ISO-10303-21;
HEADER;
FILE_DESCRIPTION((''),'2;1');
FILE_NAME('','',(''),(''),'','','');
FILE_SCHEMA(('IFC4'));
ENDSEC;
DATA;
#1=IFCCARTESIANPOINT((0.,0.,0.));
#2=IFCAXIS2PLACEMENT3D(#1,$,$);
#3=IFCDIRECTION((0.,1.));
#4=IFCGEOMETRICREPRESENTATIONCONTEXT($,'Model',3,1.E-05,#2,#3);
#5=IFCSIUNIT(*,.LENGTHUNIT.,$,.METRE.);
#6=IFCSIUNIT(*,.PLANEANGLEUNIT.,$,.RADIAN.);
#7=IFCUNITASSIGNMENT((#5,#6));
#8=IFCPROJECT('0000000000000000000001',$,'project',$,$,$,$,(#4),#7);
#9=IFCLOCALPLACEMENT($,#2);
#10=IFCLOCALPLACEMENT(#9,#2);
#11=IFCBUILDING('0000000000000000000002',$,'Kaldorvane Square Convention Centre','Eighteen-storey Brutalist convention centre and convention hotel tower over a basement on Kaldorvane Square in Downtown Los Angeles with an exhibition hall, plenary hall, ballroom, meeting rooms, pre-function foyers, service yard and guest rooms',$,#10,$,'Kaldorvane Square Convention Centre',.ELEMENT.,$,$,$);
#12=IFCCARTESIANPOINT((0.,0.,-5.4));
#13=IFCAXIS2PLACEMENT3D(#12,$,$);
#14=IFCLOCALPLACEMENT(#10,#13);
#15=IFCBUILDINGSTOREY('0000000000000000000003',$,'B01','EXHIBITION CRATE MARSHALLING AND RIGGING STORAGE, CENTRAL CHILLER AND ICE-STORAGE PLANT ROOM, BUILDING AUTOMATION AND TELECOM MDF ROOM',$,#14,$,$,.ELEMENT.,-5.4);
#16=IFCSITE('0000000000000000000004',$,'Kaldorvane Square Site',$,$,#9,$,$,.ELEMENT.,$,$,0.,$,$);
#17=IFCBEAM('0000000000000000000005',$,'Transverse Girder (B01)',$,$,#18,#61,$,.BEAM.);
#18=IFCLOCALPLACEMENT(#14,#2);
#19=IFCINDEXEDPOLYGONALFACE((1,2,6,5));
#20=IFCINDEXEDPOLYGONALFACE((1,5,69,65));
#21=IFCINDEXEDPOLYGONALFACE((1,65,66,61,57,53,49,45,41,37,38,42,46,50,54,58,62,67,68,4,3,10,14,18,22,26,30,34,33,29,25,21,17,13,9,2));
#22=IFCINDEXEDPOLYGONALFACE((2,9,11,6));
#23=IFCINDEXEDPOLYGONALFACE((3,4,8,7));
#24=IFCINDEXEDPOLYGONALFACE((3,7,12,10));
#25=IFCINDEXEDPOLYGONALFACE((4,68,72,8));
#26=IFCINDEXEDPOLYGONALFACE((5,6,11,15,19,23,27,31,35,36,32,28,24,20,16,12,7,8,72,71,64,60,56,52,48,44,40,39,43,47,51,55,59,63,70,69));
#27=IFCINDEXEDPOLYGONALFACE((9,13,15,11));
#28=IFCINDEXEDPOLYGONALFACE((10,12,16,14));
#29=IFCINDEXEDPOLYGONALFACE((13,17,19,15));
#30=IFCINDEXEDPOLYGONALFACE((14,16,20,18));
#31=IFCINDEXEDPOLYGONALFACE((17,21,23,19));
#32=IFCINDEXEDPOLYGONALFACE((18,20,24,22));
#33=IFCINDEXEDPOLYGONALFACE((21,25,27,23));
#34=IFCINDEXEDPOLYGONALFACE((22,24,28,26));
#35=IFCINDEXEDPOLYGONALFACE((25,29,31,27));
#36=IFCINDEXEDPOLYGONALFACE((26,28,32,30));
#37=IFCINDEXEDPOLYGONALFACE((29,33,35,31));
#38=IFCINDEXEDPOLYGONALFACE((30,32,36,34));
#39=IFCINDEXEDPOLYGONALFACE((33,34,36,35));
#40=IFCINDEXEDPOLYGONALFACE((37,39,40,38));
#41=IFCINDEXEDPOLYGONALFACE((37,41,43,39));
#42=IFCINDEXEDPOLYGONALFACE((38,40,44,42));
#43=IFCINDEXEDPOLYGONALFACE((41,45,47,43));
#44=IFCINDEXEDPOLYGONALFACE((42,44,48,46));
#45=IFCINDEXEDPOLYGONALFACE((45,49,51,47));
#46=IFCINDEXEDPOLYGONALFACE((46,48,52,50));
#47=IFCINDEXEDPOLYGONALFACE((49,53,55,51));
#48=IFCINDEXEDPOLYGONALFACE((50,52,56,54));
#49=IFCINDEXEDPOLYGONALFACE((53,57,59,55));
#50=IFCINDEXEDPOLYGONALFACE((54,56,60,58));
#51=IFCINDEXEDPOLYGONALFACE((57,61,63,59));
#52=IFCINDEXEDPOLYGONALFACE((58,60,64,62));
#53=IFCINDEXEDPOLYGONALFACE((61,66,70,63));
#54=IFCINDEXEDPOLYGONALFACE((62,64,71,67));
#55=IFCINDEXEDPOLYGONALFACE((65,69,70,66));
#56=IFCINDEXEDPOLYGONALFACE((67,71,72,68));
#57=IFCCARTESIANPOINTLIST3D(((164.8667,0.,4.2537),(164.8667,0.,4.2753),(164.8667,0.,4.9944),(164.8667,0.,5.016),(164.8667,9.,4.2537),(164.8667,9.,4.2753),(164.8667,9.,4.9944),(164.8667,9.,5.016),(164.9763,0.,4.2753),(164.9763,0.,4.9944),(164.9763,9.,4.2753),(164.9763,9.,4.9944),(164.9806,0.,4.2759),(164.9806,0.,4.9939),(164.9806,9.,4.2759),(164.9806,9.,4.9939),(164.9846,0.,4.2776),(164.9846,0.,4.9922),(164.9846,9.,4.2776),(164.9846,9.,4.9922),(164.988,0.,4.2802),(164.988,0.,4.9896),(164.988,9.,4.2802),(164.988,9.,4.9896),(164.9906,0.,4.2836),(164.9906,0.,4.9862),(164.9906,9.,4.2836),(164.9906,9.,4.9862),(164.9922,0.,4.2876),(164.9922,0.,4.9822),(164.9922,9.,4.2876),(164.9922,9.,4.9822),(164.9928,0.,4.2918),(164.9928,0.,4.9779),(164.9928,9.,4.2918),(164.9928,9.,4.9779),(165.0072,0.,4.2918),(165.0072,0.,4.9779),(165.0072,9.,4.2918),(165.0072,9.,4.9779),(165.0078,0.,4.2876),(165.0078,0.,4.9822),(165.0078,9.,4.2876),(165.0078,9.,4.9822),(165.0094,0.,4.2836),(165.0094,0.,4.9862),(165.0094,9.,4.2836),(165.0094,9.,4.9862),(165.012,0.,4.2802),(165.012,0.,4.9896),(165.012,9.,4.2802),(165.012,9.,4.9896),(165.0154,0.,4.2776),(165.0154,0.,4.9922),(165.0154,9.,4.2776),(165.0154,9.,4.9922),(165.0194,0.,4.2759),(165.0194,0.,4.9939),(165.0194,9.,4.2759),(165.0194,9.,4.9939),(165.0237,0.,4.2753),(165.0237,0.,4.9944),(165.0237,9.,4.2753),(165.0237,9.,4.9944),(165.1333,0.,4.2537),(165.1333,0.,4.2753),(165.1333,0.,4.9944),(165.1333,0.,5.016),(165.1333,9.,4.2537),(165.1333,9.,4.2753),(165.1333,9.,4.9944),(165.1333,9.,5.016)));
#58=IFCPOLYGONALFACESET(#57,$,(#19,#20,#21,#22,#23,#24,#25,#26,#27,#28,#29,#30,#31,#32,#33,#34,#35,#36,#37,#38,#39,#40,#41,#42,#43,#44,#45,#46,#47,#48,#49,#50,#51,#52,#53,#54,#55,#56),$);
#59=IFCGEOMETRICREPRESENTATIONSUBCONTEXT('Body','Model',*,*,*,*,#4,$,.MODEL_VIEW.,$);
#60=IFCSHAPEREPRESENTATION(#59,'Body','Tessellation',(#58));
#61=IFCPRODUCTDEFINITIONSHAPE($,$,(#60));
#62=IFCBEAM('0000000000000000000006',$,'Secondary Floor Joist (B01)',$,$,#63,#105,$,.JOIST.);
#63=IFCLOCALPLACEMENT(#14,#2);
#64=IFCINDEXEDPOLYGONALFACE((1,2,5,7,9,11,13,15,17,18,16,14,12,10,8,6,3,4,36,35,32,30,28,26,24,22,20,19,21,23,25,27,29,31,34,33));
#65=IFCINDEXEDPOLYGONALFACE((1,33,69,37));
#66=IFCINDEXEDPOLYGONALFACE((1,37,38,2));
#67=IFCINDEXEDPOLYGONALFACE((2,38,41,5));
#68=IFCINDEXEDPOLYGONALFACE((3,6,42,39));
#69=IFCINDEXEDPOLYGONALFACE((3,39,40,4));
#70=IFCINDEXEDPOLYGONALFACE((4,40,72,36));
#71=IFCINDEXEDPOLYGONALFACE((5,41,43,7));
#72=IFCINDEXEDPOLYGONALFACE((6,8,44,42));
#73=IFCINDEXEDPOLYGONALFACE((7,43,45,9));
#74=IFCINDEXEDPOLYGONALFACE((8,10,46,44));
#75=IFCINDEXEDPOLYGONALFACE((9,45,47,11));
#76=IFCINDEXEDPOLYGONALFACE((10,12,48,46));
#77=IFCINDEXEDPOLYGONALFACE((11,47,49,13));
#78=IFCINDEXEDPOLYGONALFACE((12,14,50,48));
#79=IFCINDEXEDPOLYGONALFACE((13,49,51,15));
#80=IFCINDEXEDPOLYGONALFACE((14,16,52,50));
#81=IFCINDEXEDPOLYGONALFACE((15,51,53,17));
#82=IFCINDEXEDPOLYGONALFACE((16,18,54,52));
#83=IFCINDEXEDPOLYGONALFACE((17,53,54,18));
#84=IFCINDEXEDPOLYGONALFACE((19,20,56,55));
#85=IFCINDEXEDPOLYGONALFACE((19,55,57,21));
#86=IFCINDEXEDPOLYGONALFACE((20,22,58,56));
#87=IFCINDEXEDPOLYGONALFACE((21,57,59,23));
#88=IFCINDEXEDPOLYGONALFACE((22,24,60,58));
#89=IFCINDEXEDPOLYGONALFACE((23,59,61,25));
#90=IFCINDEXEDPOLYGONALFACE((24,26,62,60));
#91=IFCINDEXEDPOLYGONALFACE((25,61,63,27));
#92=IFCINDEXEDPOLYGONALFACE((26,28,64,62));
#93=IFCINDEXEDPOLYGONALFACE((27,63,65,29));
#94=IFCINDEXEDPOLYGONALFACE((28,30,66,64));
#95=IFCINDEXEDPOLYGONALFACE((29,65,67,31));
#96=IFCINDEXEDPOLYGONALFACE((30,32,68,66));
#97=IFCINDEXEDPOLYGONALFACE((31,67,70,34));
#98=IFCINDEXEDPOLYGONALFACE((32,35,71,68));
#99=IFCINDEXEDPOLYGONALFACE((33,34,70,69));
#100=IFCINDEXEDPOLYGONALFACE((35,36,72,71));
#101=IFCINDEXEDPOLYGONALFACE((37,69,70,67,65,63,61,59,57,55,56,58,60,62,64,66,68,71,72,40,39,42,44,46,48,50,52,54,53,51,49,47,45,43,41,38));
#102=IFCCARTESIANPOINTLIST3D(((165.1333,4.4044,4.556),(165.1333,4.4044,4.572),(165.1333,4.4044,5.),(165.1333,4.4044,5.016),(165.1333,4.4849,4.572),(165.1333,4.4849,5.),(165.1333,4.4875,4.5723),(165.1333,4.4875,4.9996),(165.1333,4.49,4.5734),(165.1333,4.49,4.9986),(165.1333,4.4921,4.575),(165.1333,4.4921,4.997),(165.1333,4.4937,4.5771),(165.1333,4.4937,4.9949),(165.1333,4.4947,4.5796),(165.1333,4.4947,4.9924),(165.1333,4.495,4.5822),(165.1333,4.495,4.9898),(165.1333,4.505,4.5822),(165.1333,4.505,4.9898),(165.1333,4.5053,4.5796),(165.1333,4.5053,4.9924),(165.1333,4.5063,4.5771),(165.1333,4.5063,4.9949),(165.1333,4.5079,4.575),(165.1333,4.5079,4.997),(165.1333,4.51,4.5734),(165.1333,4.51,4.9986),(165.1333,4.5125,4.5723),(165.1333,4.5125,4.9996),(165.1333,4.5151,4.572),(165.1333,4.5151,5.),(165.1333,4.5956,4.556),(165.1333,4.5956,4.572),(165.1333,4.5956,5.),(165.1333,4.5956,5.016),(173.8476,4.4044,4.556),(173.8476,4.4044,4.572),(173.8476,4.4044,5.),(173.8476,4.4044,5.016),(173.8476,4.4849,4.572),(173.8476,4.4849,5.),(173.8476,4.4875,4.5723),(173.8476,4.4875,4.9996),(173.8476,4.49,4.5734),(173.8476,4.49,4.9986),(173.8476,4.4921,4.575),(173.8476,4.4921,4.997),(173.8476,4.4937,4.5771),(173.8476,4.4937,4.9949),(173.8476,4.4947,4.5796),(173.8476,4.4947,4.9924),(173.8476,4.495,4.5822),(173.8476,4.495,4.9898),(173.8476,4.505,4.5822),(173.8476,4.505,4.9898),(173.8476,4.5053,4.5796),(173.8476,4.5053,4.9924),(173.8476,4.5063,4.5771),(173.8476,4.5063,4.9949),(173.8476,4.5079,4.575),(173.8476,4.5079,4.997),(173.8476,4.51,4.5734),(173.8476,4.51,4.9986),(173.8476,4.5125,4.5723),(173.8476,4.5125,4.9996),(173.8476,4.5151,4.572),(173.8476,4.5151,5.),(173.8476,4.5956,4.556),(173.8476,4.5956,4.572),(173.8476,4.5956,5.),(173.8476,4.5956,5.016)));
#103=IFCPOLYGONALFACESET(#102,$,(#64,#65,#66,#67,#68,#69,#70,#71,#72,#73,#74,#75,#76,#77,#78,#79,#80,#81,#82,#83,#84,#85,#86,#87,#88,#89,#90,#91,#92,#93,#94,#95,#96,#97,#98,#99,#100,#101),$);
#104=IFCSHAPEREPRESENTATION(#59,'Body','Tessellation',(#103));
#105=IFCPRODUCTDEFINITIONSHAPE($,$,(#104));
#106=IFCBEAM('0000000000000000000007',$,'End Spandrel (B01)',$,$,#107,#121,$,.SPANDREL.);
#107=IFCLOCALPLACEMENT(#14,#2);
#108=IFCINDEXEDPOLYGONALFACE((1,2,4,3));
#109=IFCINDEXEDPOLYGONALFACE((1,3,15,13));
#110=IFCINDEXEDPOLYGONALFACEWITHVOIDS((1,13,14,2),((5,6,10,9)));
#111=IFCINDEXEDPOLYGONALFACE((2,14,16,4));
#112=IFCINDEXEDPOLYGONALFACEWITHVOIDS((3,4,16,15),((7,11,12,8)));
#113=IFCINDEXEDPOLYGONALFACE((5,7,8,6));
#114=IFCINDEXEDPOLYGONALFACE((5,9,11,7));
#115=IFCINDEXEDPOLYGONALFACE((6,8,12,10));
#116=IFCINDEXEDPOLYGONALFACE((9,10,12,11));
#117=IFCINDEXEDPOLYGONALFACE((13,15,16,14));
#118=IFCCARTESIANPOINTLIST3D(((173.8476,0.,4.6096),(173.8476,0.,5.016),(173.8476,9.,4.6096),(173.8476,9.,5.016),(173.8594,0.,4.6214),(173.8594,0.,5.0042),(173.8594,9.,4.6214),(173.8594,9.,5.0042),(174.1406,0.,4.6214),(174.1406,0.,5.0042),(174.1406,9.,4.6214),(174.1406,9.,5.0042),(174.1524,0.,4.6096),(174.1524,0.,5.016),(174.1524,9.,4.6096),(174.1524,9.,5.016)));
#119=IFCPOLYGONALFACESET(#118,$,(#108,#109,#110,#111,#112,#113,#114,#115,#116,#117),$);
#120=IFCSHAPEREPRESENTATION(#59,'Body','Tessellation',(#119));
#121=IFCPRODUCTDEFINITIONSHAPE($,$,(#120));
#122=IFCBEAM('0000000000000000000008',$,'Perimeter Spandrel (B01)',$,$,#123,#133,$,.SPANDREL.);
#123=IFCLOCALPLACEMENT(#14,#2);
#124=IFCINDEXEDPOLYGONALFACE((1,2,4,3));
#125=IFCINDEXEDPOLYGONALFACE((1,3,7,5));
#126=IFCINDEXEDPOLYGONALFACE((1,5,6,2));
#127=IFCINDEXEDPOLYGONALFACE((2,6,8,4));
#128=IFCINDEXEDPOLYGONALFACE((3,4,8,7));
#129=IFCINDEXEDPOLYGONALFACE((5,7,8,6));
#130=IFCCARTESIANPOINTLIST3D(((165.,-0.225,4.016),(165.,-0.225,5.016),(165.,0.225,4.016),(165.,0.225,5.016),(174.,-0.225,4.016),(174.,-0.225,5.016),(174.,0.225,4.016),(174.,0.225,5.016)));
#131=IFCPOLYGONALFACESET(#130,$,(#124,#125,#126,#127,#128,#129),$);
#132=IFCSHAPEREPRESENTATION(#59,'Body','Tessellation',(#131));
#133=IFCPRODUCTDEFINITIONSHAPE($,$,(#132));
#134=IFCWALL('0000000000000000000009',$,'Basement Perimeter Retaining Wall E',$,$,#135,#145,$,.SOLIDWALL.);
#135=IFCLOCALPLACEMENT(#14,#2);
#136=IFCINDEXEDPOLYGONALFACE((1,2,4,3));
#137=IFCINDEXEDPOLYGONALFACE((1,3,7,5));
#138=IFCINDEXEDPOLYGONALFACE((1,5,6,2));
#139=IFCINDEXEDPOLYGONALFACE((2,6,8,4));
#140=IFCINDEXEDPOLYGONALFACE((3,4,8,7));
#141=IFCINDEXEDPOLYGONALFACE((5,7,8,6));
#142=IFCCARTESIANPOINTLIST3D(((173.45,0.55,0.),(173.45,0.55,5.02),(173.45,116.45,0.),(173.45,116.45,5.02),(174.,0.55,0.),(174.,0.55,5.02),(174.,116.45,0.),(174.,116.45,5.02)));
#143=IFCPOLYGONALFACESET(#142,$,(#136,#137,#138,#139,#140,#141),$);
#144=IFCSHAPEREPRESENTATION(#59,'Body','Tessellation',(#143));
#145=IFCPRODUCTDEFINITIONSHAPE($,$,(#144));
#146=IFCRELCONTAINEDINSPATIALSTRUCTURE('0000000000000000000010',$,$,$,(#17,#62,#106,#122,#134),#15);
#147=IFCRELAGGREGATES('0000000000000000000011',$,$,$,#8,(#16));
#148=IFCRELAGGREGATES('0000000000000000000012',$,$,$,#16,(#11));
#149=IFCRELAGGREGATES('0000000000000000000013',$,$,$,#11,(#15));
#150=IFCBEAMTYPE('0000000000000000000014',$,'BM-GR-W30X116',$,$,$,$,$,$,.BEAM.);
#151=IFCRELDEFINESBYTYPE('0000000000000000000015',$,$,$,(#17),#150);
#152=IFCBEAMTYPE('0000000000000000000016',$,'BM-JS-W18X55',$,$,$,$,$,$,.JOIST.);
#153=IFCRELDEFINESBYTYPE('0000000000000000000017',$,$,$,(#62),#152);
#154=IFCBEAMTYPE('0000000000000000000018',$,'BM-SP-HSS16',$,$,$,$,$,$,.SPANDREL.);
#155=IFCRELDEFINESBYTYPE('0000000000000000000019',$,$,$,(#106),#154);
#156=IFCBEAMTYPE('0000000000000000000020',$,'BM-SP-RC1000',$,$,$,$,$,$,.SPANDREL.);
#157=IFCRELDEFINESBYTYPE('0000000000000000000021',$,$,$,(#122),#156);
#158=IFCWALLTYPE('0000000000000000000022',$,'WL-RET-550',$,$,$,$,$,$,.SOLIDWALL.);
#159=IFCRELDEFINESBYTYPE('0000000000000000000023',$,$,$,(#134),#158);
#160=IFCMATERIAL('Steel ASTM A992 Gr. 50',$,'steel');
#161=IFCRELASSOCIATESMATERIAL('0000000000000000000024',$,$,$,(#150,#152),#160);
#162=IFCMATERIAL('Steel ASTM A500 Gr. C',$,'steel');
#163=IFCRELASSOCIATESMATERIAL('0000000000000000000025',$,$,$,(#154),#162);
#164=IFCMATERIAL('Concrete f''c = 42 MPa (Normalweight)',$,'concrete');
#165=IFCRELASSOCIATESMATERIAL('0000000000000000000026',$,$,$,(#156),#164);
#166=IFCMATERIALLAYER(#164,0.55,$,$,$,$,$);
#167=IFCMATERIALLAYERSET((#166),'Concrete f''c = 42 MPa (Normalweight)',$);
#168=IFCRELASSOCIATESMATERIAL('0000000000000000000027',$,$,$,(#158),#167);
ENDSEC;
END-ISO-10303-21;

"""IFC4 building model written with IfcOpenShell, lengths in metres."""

from ifc_helpers import new_model, si_unit, direction, frame, frame_2d, origin, origin_2d, place, context, subcontext, project, spatial, rectangle, hollow_rectangle, i_section, extrude, material, layer, layer_set, material_profile, profile_set, type_object, element, save


model = new_model("IFC4")

# Units and contexts
model_context = context("Model", 3, precision=1e-05, world=origin(), true_north=direction((0.0, 1.0)))
body_context = subcontext(model_context, "Body", "Model", "MODEL_VIEW")
ifc_project = project(units=[si_unit("LENGTHUNIT", "METRE"), si_unit("PLANEANGLEUNIT", "RADIAN")], contexts=[model_context])

# Site, building, storey
site_placement = place(None, origin())
site = spatial("IfcSite", under=ifc_project, at=site_placement, Name="Kaldorvane Square Site", CompositionType="ELEMENT", RefElevation=0.0)
building_placement = place(site_placement, origin())
building = spatial("IfcBuilding", under=site, at=building_placement, Name="Kaldorvane Square Convention Centre", Description="Eighteen-storey Brutalist convention centre and convention hotel tower over a basement on Kaldorvane Square in Downtown Los Angeles with an exhibition hall, plenary hall, ballroom, meeting rooms, pre-function foyers, service yard and guest rooms", LongName="Kaldorvane Square Convention Centre", CompositionType="ELEMENT")
storey_placement = place(building_placement, frame((0.0, 0.0, -5.4)))
storey = spatial("IfcBuildingStorey", under=building, at=storey_placement, Name="B01", Description="EXHIBITION CRATE MARSHALLING AND RIGGING STORAGE, CENTRAL CHILLER AND ICE-STORAGE PLANT ROOM, BUILDING AUTOMATION AND TELECOM MDF ROOM", CompositionType="ELEMENT", Elevation=-5.4)

# Shared definitions
ifc_material_1 = material(Name="Concrete f'c = 42 MPa (Normalweight)", Category="concrete")

# Shared definitions
ifc_material_2 = material(Name="Steel ASTM A992 Gr. 50", Category="steel")

# Beams
ifc_material_profile_1 = material_profile(ifc_material_2, i_section(OverallWidth=0.2666, OverallDepth=0.7623, WebThickness=0.0144, FlangeThickness=0.0216, FilletRadius=0.0165, at=origin_2d()), Name="W30X116")
ifc_profile_set_1 = profile_set([ifc_material_profile_1], Name="Steel ASTM A992 Gr. 50")
beam_type_1 = type_object("IfcBeamType", Name="BM-GR-W30X116", PredefinedType="BEAM", material=ifc_profile_set_1)
beam_1_placement = place(storey_placement, frame((165.0, 0.0, 4.6349), z_axis=(0.0, 1.0, 0.0), x_axis=(-1.0, 0.0, 0.0)))
element("IfcBeam", 1, at=beam_1_placement, inside=storey, type_object=beam_type_1, Name="Transverse Girder (B01)", PredefinedType="BEAM", context=body_context, shape_type="SweptSolid", body=[
    extrude(i_section(OverallWidth=0.2666, OverallDepth=0.7623, WebThickness=0.0144, FlangeThickness=0.0216, FilletRadius=0.0165, at=origin_2d()), origin(), (0.0, 0.0, 1.0), 9.0),
])
ifc_material_profile_2 = material_profile(ifc_material_2, i_section(OverallWidth=0.1913, OverallDepth=0.46, WebThickness=0.0099, FlangeThickness=0.016, FilletRadius=0.0102, at=origin_2d()), Name="W18X55")
ifc_profile_set_2 = profile_set([ifc_material_profile_2], Name="Steel ASTM A992 Gr. 50")
beam_type_2 = type_object("IfcBeamType", Name="BM-JS-W18X55", PredefinedType="JOIST", material=ifc_profile_set_2)
beam_2_placement = place(storey_placement, frame((165.1333, 4.5, 4.786), z_axis=(1.0, 0.0, 0.0), x_axis=(0.0, 1.0, 0.0)))
element("IfcBeam", 2, at=beam_2_placement, inside=storey, type_object=beam_type_2, Name="Secondary Floor Joist (B01)", PredefinedType="JOIST", context=body_context, shape_type="SweptSolid", body=[
    extrude(i_section(OverallWidth=0.1913, OverallDepth=0.46, WebThickness=0.0099, FlangeThickness=0.016, FilletRadius=0.0102, at=origin_2d()), origin(), (0.0, 0.0, 1.0), 8.7143),
])
ifc_material_3 = material(Name="Steel ASTM A500 Gr. C", Category="steel")
ifc_material_profile_3 = material_profile(ifc_material_3, hollow_rectangle(XDim=0.3048, YDim=0.4064, WallThickness=0.0118, at=origin_2d()), Name="HSS16X12X1/2")
ifc_profile_set_3 = profile_set([ifc_material_profile_3], Name="Steel ASTM A500 Gr. C")
beam_type_3 = type_object("IfcBeamType", Name="BM-SP-HSS16", PredefinedType="SPANDREL", material=ifc_profile_set_3)
beam_3_placement = place(storey_placement, frame((174.0, 0.0, 4.8128), z_axis=(0.0, 1.0, 0.0), x_axis=(-1.0, 0.0, 0.0)))
element("IfcBeam", 3, at=beam_3_placement, inside=storey, type_object=beam_type_3, Name="End Spandrel (B01)", PredefinedType="SPANDREL", context=body_context, shape_type="SweptSolid", body=[
    extrude(hollow_rectangle(XDim=0.3048, YDim=0.4064, WallThickness=0.0118, at=origin_2d()), origin(), (0.0, 0.0, 1.0), 9.0),
])
ifc_material_profile_4 = material_profile(ifc_material_1, rectangle(XDim=0.45, YDim=1.0, at=origin_2d()), Name="RCSP1000X450")
ifc_profile_set_4 = profile_set([ifc_material_profile_4], Name="Concrete f'c = 42 MPa (Normalweight)")
beam_type_4 = type_object("IfcBeamType", Name="BM-SP-RC1000", PredefinedType="SPANDREL", material=ifc_profile_set_4)
beam_4_placement = place(storey_placement, frame((165.0, 0.0, 4.516), z_axis=(1.0, 0.0, 0.0), x_axis=(0.0, 1.0, 0.0)))
element("IfcBeam", 4, at=beam_4_placement, inside=storey, type_object=beam_type_4, Name="Perimeter Spandrel (B01)", PredefinedType="SPANDREL", context=body_context, shape_type="SweptSolid", body=[
    extrude(rectangle(XDim=0.45, YDim=1.0, at=origin_2d()), origin(), (0.0, 0.0, 1.0), 9.0),
])

# Wall
ifc_layer = layer(ifc_material_1, 0.55)
ifc_layer_set = layer_set([ifc_layer], Name="Concrete f'c = 42 MPa (Normalweight)")
wall_type = type_object("IfcWallType", Name="WL-RET-550", PredefinedType="SOLIDWALL", material=ifc_layer_set)
wall_placement = place(storey_placement, frame((173.725, 0.55, 0.0), z_axis=(0.0, 0.0, 1.0), x_axis=(0.0, 1.0, 0.0)))
element("IfcWall", 5, at=wall_placement, inside=storey, type_object=wall_type, Name="Basement Perimeter Retaining Wall E", PredefinedType="SOLIDWALL", context=body_context, shape_type="SweptSolid", body=[
    extrude(rectangle(XDim=115.9, YDim=0.55, at=frame_2d((57.95, 0.0))), origin(), (0.0, 0.0, 1.0), 5.02),
])

save(model, "model.ifc")
